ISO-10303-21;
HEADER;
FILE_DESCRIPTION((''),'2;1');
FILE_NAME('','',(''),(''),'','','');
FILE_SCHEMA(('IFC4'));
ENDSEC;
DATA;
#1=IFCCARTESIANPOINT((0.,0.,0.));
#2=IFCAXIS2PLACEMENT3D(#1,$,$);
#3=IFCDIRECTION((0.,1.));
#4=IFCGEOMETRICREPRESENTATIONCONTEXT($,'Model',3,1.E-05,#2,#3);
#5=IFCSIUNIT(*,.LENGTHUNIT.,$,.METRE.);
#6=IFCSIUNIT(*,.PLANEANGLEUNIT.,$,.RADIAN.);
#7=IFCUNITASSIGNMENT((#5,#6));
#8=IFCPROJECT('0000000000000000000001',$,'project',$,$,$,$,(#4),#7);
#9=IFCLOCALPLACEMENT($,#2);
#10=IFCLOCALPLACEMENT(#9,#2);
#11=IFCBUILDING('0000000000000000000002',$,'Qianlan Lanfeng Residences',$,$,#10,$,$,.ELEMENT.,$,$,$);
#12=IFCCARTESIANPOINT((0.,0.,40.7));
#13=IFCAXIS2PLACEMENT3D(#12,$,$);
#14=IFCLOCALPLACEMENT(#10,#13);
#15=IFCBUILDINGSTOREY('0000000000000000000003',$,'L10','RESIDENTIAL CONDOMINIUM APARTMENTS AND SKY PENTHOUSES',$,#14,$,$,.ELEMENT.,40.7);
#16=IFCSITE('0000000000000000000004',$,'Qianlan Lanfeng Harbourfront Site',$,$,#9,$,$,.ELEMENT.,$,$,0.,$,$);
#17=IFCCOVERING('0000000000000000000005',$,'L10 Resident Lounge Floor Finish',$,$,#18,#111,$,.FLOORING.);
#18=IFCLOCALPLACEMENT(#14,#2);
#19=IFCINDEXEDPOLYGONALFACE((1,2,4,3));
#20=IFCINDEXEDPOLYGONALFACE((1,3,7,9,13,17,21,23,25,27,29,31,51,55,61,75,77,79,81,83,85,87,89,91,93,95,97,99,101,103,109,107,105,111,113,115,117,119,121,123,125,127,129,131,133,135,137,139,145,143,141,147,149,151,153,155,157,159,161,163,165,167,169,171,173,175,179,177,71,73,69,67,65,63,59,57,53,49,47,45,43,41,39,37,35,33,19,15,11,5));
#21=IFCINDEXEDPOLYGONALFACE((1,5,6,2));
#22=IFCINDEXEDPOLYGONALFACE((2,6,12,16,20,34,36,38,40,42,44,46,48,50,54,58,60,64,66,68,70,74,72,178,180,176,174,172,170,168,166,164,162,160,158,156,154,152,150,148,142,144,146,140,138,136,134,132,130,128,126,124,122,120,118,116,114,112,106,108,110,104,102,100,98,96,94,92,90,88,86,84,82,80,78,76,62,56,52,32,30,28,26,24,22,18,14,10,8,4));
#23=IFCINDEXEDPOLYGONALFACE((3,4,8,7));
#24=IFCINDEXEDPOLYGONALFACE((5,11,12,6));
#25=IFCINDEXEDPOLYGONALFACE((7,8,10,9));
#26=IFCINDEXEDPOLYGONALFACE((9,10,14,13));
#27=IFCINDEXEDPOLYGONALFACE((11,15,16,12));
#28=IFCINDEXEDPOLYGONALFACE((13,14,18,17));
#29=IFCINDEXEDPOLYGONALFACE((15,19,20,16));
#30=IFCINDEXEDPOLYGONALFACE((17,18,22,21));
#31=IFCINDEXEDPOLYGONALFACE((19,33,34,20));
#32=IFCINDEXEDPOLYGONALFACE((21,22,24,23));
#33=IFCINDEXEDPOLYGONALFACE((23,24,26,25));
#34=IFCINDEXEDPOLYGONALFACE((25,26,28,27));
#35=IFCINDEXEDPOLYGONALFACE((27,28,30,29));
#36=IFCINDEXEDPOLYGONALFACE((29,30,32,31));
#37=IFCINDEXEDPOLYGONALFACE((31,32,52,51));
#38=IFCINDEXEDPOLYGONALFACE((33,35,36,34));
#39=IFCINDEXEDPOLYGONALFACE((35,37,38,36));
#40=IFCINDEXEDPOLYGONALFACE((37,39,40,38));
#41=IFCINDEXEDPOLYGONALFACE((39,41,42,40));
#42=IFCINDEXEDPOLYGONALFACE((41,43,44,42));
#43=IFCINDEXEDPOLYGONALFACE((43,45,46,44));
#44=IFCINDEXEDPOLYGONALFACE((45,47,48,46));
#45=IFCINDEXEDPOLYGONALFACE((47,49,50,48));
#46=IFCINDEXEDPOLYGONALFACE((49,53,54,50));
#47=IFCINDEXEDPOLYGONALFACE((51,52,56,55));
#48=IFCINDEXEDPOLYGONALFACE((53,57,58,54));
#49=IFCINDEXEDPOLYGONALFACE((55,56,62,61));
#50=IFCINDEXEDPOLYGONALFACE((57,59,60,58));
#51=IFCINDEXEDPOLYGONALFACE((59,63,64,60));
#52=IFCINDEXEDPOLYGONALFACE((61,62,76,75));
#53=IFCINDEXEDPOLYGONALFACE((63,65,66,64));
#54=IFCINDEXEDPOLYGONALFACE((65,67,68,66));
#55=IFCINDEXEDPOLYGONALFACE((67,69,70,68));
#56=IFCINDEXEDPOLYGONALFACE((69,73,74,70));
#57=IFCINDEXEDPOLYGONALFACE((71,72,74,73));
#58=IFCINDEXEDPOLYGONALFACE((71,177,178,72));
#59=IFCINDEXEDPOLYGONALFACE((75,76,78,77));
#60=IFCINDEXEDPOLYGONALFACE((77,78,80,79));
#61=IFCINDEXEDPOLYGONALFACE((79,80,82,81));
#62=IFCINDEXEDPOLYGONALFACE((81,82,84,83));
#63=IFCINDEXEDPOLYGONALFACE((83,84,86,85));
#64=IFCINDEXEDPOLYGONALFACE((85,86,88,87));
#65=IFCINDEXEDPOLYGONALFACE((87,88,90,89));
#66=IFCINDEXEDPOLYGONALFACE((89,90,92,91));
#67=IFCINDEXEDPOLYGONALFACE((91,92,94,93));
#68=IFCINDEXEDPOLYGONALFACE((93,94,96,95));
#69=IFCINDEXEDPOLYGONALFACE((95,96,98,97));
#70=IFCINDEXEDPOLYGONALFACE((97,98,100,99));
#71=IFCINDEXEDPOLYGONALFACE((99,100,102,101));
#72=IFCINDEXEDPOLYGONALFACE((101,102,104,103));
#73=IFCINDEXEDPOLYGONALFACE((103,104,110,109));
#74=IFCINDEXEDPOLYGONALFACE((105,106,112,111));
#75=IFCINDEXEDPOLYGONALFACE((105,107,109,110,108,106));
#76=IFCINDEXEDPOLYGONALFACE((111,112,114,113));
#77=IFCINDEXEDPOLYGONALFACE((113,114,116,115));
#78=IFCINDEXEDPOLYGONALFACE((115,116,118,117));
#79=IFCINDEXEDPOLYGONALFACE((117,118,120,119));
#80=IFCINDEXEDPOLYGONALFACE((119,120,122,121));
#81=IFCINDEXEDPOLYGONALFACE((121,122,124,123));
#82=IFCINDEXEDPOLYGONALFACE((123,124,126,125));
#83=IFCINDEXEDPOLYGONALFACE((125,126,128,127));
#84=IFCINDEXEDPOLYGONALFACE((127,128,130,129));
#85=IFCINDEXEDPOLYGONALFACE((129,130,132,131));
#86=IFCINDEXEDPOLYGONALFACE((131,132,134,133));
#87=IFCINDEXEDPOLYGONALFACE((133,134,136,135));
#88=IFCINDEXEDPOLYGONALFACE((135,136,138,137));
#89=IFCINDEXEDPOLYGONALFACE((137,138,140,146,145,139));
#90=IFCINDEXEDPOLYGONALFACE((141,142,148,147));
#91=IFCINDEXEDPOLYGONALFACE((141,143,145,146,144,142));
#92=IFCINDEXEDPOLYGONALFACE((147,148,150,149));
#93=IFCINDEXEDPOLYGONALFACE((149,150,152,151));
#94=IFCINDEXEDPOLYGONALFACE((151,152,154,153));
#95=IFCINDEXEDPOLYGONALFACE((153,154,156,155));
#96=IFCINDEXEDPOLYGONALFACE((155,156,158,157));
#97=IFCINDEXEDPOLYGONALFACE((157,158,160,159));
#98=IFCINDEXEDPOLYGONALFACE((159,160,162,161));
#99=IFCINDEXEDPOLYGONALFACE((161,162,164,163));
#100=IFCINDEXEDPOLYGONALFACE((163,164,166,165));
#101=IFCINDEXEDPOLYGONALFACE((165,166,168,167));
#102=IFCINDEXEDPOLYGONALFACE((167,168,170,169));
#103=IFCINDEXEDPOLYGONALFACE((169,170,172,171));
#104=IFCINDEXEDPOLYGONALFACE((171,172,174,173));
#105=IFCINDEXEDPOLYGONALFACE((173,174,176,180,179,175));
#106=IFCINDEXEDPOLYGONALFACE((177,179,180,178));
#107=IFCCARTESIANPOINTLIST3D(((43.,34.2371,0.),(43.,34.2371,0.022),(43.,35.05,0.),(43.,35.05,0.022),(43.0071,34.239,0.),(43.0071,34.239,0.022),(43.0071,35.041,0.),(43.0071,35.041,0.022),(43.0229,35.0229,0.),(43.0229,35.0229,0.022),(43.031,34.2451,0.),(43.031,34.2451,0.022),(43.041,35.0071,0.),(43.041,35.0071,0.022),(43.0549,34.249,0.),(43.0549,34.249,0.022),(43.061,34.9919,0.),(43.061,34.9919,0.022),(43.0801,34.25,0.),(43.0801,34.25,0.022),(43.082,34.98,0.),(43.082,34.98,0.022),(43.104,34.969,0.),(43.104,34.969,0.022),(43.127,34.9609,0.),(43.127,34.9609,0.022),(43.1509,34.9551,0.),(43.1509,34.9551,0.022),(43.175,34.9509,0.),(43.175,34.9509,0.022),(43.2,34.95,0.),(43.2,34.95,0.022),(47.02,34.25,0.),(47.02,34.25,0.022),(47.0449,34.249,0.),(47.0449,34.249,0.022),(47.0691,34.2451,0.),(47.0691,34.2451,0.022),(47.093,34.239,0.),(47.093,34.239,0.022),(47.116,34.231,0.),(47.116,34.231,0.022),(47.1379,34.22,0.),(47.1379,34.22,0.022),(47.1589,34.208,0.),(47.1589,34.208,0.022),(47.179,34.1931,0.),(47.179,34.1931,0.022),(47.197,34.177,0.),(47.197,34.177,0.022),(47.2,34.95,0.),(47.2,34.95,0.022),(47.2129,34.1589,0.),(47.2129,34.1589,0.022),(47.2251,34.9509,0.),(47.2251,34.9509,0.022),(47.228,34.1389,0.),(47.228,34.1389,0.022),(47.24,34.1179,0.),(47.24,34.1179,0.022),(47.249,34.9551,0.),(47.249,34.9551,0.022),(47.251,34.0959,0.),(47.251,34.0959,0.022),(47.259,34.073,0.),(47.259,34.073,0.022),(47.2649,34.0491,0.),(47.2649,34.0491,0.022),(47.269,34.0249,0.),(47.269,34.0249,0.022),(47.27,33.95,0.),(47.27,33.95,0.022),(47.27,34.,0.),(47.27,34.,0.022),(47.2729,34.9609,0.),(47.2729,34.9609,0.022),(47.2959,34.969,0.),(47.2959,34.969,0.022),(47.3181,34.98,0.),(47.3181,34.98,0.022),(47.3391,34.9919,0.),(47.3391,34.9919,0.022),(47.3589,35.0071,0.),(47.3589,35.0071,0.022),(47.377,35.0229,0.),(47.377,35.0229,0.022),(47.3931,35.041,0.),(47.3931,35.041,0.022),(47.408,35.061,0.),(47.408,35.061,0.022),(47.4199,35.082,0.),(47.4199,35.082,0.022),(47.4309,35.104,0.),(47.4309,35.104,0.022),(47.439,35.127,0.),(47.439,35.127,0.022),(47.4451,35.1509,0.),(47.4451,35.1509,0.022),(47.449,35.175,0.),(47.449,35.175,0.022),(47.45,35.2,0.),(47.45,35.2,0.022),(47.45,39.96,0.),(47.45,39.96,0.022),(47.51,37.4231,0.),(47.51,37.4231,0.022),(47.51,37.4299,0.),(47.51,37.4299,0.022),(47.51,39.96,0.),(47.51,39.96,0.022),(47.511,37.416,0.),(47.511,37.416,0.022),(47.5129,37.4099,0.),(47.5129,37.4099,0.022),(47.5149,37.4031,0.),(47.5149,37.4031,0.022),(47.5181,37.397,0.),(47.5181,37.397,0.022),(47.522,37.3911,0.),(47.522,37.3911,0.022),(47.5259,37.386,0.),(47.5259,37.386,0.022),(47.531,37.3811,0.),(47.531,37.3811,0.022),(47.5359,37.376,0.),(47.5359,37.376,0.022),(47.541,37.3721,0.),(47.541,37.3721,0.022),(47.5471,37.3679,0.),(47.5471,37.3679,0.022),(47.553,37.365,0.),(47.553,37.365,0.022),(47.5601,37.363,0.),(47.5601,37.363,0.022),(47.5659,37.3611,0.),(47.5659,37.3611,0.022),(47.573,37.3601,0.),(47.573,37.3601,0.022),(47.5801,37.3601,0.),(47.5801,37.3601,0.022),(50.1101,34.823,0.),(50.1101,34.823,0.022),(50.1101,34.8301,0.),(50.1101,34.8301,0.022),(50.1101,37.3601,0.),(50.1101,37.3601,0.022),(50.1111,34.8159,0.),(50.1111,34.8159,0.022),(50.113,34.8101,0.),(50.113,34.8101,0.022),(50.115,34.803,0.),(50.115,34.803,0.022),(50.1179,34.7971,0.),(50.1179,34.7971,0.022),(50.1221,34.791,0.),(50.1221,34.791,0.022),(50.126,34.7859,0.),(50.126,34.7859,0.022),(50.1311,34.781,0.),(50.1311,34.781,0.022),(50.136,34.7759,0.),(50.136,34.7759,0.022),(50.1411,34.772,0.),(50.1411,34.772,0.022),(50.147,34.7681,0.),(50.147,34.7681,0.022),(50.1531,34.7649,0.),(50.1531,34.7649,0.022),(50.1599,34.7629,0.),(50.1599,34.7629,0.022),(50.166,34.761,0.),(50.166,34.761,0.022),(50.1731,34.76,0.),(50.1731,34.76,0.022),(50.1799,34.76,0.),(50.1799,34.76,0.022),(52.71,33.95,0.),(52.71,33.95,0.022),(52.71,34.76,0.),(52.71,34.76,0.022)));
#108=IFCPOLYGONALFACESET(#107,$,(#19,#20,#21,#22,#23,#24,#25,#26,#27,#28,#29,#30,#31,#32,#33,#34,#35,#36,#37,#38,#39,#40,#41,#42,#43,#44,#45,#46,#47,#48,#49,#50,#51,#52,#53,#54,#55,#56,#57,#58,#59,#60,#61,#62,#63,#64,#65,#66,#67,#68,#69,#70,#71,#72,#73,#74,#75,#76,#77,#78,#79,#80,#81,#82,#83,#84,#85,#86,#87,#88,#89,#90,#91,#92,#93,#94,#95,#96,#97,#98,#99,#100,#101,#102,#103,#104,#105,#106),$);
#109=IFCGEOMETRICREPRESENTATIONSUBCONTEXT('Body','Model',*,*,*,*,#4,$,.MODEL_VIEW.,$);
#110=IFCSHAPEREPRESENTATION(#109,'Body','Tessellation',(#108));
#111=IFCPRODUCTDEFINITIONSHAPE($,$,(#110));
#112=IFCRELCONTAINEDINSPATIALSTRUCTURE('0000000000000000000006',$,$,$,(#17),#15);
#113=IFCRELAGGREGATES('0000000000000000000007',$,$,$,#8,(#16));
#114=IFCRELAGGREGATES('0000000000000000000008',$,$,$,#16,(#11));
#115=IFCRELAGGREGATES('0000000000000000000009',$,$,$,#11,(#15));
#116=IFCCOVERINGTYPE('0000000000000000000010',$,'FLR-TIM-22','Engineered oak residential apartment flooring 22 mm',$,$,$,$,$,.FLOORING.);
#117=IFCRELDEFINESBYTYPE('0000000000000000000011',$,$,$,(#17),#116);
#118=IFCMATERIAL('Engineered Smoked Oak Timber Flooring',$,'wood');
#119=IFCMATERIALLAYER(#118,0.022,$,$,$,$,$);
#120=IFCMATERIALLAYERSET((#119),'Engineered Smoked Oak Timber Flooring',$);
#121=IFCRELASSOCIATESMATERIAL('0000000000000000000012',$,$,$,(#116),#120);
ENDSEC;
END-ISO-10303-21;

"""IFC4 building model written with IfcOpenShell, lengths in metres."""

from ifc_helpers import new_model, si_unit, direction, frame, origin, place, context, subcontext, project, spatial, polyline, outline, extrude, material, layer, layer_set, type_object, element, save


model = new_model("IFC4")

# Units and contexts
model_context = context("Model", 3, precision=1e-05, world=origin(), true_north=direction((0.0, 1.0)))
body_context = subcontext(model_context, "Body", "Model", "MODEL_VIEW")
ifc_project = project(units=[si_unit("LENGTHUNIT", "METRE"), si_unit("PLANEANGLEUNIT", "RADIAN")], contexts=[model_context])

# Site, building, storey
site_placement = place(None, origin())
site = spatial("IfcSite", under=ifc_project, at=site_placement, Name="Qianlan Lanfeng Harbourfront Site", CompositionType="ELEMENT", RefElevation=0.0)
building_placement = place(site_placement, origin())
building = spatial("IfcBuilding", under=site, at=building_placement, Name="Qianlan Lanfeng Residences", CompositionType="ELEMENT")
storey_placement = place(building_placement, frame((0.0, 0.0, 40.7)))
storey = spatial("IfcBuildingStorey", under=building, at=storey_placement, Name="L10", Description="RESIDENTIAL CONDOMINIUM APARTMENTS AND SKY PENTHOUSES", CompositionType="ELEMENT", Elevation=40.7)

# Covering
ifc_material_1 = material(Name="Engineered Smoked Oak Timber Flooring", Category="wood")
ifc_layer_1 = layer(ifc_material_1, 0.022)
ifc_layer_set_1 = layer_set([ifc_layer_1], Name="Engineered Smoked Oak Timber Flooring")
covering_type_1 = type_object("IfcCoveringType", Name="FLR-TIM-22", Description="Engineered oak residential apartment flooring 22 mm", PredefinedType="FLOORING", material=ifc_layer_set_1)
covering_1_placement = place(storey_placement, origin())
element("IfcCovering", 1, at=covering_1_placement, inside=storey, type_object=covering_type_1, Name="L10 Resident Lounge Floor Finish", PredefinedType="FLOORING", context=body_context, shape_type="SweptSolid", body=[
    extrude(outline(polyline([(43.0, 34.2371), (43.0071, 34.239), (43.031, 34.2451), (43.0549, 34.249), (43.0801, 34.25), (47.02, 34.25), (47.0449, 34.249), (47.0691, 34.2451), (47.093, 34.239), (47.116, 34.231), (47.1379, 34.22), (47.1589, 34.208), (47.179, 34.1931), (47.197, 34.177), (47.2129, 34.1589), (47.228, 34.1389), (47.24, 34.1179), (47.251, 34.0959), (47.259, 34.073), (47.2649, 34.0491), (47.269, 34.0249), (47.27, 34.0), (47.27, 33.95), (52.71, 33.95), (52.71, 34.76), (50.1799, 34.76), (50.1731, 34.76), (50.166, 34.761), (50.1599, 34.7629), (50.1531, 34.7649), (50.147, 34.7681), (50.1411, 34.772), (50.136, 34.7759), (50.1311, 34.781), (50.126, 34.7859), (50.1221, 34.791), (50.1179, 34.7971), (50.115, 34.803), (50.113, 34.8101), (50.1111, 34.8159), (50.1101, 34.823), (50.1101, 34.8301), (50.1101, 37.3601), (47.5801, 37.3601), (47.573, 37.3601), (47.5659, 37.3611), (47.5601, 37.363), (47.553, 37.365), (47.5471, 37.3679), (47.541, 37.3721), (47.5359, 37.376), (47.531, 37.3811), (47.5259, 37.386), (47.522, 37.3911), (47.5181, 37.397), (47.5149, 37.4031), (47.5129, 37.4099), (47.511, 37.416), (47.51, 37.4231), (47.51, 37.4299), (47.51, 39.96), (47.45, 39.96), (47.45, 35.2), (47.449, 35.175), (47.4451, 35.1509), (47.439, 35.127), (47.4309, 35.104), (47.4199, 35.082), (47.408, 35.061), (47.3931, 35.041), (47.377, 35.0229), (47.3589, 35.0071), (47.3391, 34.9919), (47.3181, 34.98), (47.2959, 34.969), (47.2729, 34.9609), (47.249, 34.9551), (47.2251, 34.9509), (47.2, 34.95), (43.2, 34.95), (43.175, 34.9509), (43.1509, 34.9551), (43.127, 34.9609), (43.104, 34.969), (43.082, 34.98), (43.061, 34.9919), (43.041, 35.0071), (43.0229, 35.0229), (43.0071, 35.041), (43.0, 35.05), (43.0, 34.2371)])), origin(), (0.0, 0.0, 1.0), 0.022),
])

save(model, "model.ifc")
